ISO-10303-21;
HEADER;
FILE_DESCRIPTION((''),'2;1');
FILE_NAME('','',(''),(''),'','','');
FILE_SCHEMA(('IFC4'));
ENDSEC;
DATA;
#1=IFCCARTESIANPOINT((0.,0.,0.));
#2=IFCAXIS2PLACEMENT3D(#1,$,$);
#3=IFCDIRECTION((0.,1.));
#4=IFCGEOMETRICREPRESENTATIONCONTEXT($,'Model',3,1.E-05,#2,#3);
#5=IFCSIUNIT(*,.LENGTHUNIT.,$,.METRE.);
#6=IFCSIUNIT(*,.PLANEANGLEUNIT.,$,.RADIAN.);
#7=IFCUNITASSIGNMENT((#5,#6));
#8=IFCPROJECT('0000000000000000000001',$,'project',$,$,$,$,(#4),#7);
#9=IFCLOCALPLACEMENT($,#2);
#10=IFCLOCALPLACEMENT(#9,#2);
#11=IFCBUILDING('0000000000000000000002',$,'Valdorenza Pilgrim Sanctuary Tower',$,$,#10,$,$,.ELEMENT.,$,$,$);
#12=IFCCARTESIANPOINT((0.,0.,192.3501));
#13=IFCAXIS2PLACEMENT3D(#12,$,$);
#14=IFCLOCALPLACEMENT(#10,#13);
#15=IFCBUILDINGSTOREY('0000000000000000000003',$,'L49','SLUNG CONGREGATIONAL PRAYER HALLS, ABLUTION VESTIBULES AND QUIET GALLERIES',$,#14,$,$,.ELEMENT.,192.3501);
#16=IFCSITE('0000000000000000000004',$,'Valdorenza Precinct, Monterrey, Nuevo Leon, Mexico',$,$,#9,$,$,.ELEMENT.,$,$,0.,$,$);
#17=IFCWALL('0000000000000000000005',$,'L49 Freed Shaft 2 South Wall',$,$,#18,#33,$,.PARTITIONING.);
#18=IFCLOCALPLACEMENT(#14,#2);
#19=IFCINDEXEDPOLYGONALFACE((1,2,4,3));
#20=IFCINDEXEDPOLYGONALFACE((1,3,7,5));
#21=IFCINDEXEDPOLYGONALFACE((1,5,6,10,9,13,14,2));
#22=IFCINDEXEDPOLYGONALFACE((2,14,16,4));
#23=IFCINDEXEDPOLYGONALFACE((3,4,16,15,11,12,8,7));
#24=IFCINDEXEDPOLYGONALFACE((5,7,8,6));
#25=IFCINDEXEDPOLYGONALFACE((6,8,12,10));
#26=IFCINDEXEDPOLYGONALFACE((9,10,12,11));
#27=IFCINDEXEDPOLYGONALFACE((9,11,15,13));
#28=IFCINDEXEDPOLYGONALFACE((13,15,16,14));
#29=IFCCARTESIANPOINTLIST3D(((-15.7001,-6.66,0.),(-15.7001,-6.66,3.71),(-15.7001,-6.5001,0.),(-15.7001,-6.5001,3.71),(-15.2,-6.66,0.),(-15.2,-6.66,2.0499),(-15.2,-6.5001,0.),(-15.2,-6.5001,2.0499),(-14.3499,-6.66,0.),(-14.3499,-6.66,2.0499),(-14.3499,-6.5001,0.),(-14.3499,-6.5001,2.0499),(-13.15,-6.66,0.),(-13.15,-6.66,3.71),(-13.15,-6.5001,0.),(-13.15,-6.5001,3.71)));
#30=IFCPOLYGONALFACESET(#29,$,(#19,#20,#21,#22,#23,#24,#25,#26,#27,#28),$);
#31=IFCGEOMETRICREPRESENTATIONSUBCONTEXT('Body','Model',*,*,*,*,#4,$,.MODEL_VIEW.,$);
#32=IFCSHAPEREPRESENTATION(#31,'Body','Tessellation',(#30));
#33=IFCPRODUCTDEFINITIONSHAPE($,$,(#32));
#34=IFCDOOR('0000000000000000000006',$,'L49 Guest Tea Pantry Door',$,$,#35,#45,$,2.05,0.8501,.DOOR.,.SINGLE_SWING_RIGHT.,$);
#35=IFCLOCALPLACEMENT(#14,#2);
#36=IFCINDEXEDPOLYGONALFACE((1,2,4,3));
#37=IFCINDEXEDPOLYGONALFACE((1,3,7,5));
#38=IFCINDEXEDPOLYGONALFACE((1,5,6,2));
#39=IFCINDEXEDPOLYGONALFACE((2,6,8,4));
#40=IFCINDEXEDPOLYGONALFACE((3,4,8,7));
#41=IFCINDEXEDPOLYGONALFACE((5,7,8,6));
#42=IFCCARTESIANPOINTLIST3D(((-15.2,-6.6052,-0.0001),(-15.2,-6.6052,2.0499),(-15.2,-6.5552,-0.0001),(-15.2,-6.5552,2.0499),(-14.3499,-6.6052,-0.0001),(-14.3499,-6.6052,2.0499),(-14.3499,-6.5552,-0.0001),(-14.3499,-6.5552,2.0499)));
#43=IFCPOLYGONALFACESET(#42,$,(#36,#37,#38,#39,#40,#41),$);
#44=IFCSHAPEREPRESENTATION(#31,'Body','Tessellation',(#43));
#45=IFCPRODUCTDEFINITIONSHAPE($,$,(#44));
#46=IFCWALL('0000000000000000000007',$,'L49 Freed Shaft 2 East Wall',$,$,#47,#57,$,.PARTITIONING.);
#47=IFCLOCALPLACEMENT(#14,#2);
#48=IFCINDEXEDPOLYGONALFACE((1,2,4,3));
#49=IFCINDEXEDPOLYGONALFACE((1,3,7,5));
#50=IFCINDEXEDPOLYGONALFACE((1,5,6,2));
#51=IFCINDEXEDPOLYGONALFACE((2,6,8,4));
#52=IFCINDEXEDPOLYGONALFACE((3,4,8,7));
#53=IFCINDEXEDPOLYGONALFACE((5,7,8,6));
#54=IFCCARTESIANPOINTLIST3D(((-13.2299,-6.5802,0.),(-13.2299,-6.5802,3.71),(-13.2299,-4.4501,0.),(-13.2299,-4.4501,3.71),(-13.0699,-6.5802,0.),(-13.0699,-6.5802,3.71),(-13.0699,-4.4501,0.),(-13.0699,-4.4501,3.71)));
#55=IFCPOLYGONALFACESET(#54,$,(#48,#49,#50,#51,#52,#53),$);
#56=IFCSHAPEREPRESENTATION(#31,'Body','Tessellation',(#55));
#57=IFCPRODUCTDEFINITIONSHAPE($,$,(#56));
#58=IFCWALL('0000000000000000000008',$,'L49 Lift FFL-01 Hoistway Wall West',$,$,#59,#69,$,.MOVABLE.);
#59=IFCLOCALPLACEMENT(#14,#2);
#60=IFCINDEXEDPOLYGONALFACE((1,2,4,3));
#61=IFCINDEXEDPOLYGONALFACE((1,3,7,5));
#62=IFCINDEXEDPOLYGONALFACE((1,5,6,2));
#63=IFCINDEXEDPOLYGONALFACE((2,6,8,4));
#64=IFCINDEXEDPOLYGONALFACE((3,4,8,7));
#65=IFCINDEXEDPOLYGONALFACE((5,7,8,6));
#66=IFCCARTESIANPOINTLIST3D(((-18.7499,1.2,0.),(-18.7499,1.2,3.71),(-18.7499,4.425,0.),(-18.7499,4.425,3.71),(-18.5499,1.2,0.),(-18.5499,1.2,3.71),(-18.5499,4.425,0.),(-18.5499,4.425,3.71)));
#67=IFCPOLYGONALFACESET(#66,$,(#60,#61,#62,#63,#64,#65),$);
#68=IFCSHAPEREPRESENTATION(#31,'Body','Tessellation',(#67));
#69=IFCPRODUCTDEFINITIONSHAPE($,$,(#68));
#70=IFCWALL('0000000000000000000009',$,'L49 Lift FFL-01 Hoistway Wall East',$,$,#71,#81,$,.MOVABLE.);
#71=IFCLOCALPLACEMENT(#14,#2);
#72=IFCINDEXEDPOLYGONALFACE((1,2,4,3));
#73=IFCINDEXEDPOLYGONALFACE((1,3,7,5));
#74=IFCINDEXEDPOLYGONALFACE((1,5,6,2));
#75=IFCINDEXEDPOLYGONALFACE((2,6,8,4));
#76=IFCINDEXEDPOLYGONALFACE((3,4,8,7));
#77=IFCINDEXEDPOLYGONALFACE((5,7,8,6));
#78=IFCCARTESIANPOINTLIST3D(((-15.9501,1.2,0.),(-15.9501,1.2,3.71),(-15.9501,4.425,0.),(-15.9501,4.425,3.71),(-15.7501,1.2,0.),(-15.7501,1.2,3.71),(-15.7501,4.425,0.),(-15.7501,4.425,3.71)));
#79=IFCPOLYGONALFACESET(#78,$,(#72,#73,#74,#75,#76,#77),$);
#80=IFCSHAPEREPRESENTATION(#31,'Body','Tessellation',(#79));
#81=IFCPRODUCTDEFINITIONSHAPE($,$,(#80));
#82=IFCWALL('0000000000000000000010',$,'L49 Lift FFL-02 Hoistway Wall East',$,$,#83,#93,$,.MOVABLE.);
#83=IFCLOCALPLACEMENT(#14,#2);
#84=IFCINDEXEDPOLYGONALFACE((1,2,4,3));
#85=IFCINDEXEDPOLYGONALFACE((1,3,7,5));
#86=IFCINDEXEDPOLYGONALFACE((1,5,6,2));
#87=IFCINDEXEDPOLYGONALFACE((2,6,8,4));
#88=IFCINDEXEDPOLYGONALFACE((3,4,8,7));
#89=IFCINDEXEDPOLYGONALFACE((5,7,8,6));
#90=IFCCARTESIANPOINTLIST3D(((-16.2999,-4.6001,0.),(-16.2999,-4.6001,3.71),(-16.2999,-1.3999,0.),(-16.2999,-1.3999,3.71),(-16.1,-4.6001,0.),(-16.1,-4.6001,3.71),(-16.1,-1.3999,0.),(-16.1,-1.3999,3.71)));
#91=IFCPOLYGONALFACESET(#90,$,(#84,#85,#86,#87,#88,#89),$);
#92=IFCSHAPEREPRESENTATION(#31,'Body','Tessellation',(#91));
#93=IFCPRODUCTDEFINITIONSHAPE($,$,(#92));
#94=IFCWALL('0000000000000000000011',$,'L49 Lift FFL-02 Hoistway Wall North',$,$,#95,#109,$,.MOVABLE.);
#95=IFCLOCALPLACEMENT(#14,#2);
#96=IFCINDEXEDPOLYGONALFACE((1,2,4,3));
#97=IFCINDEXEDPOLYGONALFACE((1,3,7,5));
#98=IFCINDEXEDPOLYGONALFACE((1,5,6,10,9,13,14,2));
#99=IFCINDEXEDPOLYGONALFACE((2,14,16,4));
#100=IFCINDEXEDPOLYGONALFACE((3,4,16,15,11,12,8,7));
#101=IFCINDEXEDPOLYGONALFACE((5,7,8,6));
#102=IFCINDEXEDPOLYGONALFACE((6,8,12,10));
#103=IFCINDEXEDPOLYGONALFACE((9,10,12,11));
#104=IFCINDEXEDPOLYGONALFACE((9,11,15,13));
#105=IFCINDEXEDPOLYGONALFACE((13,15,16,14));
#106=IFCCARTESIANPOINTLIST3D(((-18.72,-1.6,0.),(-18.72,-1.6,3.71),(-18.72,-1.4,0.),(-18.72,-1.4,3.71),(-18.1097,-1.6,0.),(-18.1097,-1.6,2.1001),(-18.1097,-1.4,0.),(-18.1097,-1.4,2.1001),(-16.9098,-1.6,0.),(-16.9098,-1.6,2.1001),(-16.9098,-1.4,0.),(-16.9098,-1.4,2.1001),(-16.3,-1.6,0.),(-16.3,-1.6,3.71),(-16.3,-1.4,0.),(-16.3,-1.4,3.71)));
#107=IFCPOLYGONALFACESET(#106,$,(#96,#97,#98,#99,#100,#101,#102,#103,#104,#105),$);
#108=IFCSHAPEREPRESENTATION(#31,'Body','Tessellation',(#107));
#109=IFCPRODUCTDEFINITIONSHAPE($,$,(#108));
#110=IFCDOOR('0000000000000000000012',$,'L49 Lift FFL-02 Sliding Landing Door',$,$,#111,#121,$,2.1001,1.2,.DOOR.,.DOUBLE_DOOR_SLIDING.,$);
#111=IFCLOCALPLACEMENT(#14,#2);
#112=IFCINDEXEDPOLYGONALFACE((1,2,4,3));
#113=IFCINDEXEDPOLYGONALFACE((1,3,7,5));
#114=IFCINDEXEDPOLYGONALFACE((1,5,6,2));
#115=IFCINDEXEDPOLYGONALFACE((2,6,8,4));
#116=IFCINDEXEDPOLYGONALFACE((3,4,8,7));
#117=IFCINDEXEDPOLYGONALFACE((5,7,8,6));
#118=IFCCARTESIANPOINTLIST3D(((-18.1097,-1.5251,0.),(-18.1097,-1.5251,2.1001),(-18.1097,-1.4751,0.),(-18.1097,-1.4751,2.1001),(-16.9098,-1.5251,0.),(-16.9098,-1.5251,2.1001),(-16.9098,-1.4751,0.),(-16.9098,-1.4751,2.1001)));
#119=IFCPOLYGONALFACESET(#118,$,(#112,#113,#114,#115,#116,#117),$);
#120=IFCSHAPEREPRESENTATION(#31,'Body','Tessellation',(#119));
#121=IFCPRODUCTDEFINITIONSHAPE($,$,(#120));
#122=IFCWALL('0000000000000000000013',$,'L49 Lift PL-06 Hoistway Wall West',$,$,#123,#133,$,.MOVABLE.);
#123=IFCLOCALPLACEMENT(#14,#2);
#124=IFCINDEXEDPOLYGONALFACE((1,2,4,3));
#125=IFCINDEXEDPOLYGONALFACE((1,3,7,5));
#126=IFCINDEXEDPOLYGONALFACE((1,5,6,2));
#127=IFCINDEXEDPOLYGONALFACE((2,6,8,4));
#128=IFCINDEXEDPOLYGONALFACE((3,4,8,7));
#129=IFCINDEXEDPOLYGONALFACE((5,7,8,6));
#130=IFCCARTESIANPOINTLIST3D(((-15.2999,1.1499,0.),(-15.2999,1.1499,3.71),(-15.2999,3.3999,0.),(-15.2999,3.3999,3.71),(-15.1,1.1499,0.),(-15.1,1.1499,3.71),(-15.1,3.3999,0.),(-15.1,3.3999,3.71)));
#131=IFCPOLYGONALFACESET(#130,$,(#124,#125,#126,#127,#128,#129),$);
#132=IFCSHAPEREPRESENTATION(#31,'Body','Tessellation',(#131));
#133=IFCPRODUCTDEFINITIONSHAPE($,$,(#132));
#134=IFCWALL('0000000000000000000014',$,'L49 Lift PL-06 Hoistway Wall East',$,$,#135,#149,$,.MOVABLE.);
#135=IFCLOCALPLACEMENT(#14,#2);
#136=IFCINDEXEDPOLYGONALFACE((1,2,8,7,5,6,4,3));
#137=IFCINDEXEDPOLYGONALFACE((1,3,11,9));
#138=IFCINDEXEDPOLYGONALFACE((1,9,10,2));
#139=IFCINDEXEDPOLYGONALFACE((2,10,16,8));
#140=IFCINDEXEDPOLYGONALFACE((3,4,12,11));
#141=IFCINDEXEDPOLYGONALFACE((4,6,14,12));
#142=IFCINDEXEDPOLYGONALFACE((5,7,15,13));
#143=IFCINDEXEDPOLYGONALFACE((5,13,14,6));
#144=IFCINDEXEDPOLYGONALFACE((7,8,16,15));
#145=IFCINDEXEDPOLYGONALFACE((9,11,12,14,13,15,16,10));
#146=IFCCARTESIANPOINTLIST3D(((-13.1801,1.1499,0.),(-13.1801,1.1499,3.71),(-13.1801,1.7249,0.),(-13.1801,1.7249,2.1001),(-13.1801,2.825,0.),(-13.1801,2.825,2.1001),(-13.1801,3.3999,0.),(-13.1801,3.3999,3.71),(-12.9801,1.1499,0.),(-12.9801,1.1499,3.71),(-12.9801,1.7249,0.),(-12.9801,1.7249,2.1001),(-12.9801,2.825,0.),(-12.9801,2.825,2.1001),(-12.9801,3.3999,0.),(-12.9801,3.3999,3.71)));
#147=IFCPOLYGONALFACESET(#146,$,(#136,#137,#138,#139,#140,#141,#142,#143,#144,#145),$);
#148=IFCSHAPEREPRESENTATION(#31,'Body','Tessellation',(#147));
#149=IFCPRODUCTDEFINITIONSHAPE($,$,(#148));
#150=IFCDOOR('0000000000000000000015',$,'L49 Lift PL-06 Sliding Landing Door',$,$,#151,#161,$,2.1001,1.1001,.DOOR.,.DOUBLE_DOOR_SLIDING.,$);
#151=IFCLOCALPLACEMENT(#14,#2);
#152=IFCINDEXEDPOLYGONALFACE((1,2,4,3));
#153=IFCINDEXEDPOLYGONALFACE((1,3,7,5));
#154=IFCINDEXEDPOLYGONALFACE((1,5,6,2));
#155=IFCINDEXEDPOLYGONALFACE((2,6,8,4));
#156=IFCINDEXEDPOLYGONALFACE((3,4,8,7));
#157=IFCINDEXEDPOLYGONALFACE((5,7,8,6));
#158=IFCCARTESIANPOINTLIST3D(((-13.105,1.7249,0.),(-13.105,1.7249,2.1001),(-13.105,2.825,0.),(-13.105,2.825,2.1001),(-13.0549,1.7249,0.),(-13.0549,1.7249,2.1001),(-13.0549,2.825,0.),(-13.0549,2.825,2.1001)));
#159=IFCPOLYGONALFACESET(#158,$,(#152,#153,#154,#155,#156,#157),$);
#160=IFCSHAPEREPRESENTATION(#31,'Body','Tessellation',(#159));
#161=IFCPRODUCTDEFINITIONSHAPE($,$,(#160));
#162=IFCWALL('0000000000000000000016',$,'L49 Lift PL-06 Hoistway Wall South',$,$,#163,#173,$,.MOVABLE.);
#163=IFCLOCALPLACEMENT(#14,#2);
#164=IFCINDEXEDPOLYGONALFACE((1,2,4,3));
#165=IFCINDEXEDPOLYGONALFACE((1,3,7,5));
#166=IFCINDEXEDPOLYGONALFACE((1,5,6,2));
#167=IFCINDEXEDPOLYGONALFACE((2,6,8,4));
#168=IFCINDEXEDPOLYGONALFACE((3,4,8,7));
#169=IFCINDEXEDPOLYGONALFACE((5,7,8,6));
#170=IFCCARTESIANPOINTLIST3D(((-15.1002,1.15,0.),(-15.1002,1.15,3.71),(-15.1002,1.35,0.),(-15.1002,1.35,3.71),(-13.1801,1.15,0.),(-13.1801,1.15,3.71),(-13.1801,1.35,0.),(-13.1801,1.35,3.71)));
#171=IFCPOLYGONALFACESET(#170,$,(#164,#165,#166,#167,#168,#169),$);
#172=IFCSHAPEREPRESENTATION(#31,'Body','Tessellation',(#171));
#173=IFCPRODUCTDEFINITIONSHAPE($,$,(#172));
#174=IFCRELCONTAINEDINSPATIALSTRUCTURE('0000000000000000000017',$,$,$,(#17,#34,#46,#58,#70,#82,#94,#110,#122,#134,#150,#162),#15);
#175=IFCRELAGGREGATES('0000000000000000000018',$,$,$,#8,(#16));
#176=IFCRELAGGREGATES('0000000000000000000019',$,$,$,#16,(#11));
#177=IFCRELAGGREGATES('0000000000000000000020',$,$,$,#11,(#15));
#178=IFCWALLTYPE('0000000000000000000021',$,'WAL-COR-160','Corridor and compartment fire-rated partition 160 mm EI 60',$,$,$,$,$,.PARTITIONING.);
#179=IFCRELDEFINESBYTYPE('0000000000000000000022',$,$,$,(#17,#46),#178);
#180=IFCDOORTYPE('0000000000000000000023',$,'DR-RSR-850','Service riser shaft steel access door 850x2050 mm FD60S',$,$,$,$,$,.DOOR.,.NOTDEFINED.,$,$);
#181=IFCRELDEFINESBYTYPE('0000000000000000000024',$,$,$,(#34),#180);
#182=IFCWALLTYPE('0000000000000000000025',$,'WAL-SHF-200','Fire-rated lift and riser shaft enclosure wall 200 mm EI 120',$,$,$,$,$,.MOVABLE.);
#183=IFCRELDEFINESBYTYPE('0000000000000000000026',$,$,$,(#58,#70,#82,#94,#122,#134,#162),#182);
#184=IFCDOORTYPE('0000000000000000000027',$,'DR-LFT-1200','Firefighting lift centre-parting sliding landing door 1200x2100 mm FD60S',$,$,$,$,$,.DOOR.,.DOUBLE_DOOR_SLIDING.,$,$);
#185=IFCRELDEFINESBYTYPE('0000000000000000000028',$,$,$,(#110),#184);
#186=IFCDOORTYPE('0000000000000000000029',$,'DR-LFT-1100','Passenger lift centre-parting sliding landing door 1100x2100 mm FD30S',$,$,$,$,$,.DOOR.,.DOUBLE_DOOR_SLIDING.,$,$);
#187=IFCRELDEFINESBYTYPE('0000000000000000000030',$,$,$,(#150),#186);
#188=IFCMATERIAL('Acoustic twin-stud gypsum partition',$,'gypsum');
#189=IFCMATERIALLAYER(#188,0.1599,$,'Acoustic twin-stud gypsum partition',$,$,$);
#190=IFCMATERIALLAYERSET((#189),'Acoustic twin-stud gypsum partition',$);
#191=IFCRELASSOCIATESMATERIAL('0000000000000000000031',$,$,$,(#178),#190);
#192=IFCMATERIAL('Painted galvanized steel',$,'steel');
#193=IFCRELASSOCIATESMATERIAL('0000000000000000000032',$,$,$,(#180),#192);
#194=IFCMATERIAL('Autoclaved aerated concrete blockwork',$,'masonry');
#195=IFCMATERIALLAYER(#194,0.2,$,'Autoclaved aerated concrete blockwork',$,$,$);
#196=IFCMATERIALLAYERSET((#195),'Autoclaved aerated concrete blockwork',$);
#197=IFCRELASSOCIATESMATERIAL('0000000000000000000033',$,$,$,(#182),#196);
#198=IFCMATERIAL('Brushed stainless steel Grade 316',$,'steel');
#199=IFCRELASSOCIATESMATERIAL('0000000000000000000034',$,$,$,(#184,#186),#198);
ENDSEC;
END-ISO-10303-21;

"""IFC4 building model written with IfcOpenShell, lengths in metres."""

from ifc_helpers import new_model, si_unit, direction, frame, frame_2d, origin, place, context, subcontext, project, spatial, rectangle, extrude, material, layer, layer_set, type_object, element, fill, save


model = new_model("IFC4")

# Units and contexts
model_context = context("Model", 3, precision=1e-05, world=origin(), true_north=direction((0.0, 1.0)))
body_context = subcontext(model_context, "Body", "Model", "MODEL_VIEW")
ifc_project = project(units=[si_unit("LENGTHUNIT", "METRE"), si_unit("PLANEANGLEUNIT", "RADIAN")], contexts=[model_context])

# Site, building, storey
site_placement = place(None, origin())
site = spatial("IfcSite", under=ifc_project, at=site_placement, Name="Valdorenza Precinct, Monterrey, Nuevo Leon, Mexico", CompositionType="ELEMENT", RefElevation=0.0)
building_placement = place(site_placement, origin())
building = spatial("IfcBuilding", under=site, at=building_placement, Name="Valdorenza Pilgrim Sanctuary Tower", CompositionType="ELEMENT")
storey_placement = place(building_placement, frame((0.0, 0.0, 192.3501)))
storey = spatial("IfcBuildingStorey", under=building, at=storey_placement, Name="L49", Description="SLUNG CONGREGATIONAL PRAYER HALLS, ABLUTION VESTIBULES AND QUIET GALLERIES", CompositionType="ELEMENT", Elevation=192.3501)

# Wall, opening, door
ifc_material_1 = material(Name="Acoustic twin-stud gypsum partition", Category="gypsum")
ifc_layer_1 = layer(ifc_material_1, 0.1599, Name="Acoustic twin-stud gypsum partition")
ifc_layer_set_1 = layer_set([ifc_layer_1], Name="Acoustic twin-stud gypsum partition")
wall_type_1 = type_object("IfcWallType", Name="WAL-COR-160", Description="Corridor and compartment fire-rated partition 160 mm EI 60", PredefinedType="PARTITIONING", material=ifc_layer_set_1)
wall_1_placement = place(storey_placement, frame((-15.7, -6.5801, 0.0), z_axis=(0.0, 0.0, 1.0), x_axis=(1.0, 0.0, 0.0)))
wall_1 = element("IfcWall", 1, at=wall_1_placement, inside=storey, type_object=wall_type_1, Name="L49 Freed Shaft 2 South Wall", PredefinedType="PARTITIONING", context=body_context, shape_type="SweptSolid", body=[
    extrude(rectangle(XDim=2.55, YDim=0.1599, at=frame_2d((1.2749, 0.0))), origin(), (0.0, 0.0, 1.0), 3.71),
])
opening_1_placement = place(wall_1_placement, frame((0.5, 0.0, 0.0)))
opening_1 = element("IfcOpeningElement", 2, at=opening_1_placement, cuts=wall_1, PredefinedType="OPENING", context=body_context, shape_type="SweptSolid", body=[
    extrude(rectangle(XDim=0.8501, YDim=2.05, at=frame_2d((0.425, 1.0249))), frame((0.0, 0.0947, 0.0), z_axis=(0.0, -1.0, 0.0), x_axis=(1.0, 0.0, 0.0)), (0.0, 0.0, 1.0), 0.1897),
])
ifc_material_2 = material(Name="Painted galvanized steel", Category="steel")
door_type_1 = type_object("IfcDoorType", Name="DR-RSR-850", Description="Service riser shaft steel access door 850x2050 mm FD60S", OperationType="NOTDEFINED", PredefinedType="DOOR", material=ifc_material_2)
door_1_placement = place(opening_1_placement, origin())
door_1 = element("IfcDoor", 3, at=door_1_placement, inside=storey, type_object=door_type_1, Name="L49 Guest Tea Pantry Door", OperationType="SINGLE_SWING_RIGHT", OverallHeight=2.05, OverallWidth=0.8501, PredefinedType="DOOR", context=body_context, shape_type="SweptSolid", body=[
    extrude(rectangle(XDim=0.8501, YDim=2.05, at=frame_2d((0.425, 1.0249))), frame((0.0, 0.0249, 0.0), z_axis=(0.0, -1.0, 0.0), x_axis=(1.0, 0.0, 0.0)), (0.0, 0.0, 1.0), 0.05),
])
fill(opening_1, door_1)

# Wall
wall_2_placement = place(storey_placement, frame((-13.1499, -6.5801, 0.0), z_axis=(0.0, 0.0, 1.0), x_axis=(0.0, 1.0, 0.0)))
element("IfcWall", 4, at=wall_2_placement, inside=storey, type_object=wall_type_1, Name="L49 Freed Shaft 2 East Wall", PredefinedType="PARTITIONING", context=body_context, shape_type="SweptSolid", body=[
    extrude(rectangle(XDim=2.1301, YDim=0.1599, at=frame_2d((1.0649, 0.0))), origin(), (0.0, 0.0, 1.0), 3.71),
])

# Walls
ifc_material_3 = material(Name="Autoclaved aerated concrete blockwork", Category="masonry")
ifc_layer_2 = layer(ifc_material_3, 0.2, Name="Autoclaved aerated concrete blockwork")
ifc_layer_set_2 = layer_set([ifc_layer_2], Name="Autoclaved aerated concrete blockwork")
wall_type_2 = type_object("IfcWallType", Name="WAL-SHF-200", Description="Fire-rated lift and riser shaft enclosure wall 200 mm EI 120", PredefinedType="MOVABLE", material=ifc_layer_set_2)
for number, where, z_axis, x_axis, name in (
    (5, (-18.6499, 1.2, 0.0), (0.0, 0.0, 1.0), (0.0, 1.0, 0.0), "L49 Lift FFL-01 Hoistway Wall West"),
    (6, (-15.8501, 1.2, 0.0), (0.0, 0.0, 1.0), (0.0, 1.0, 0.0), "L49 Lift FFL-01 Hoistway Wall East"),
):
    element("IfcWall", number, at=place(storey_placement, frame(where, z_axis=z_axis, x_axis=x_axis)), inside=storey, type_object=wall_type_2, Name=name, PredefinedType="MOVABLE", context=body_context, shape_type="SweptSolid", body=[
        extrude(rectangle(XDim=3.2251, YDim=0.2, at=frame_2d((1.6125, 0.0))), origin(), (0.0, 0.0, 1.0), 3.71),
    ])
wall_3_placement = place(storey_placement, frame((-16.2, -4.6001, 0.0), z_axis=(0.0, 0.0, 1.0), x_axis=(0.0, 1.0, 0.0)))
element("IfcWall", 7, at=wall_3_placement, inside=storey, type_object=wall_type_2, Name="L49 Lift FFL-02 Hoistway Wall East", PredefinedType="MOVABLE", context=body_context, shape_type="SweptSolid", body=[
    extrude(rectangle(XDim=3.2002, YDim=0.2, at=frame_2d((1.6001, 0.0))), origin(), (0.0, 0.0, 1.0), 3.71),
])

# Wall, opening, door
wall_4_placement = place(storey_placement, frame((-18.72, -1.5, 0.0), z_axis=(0.0, 0.0, 1.0), x_axis=(1.0, 0.0, 0.0)))
wall_4 = element("IfcWall", 8, at=wall_4_placement, inside=storey, type_object=wall_type_2, Name="L49 Lift FFL-02 Hoistway Wall North", PredefinedType="MOVABLE", context=body_context, shape_type="SweptSolid", body=[
    extrude(rectangle(XDim=2.4199, YDim=0.2, at=frame_2d((1.21, 0.0))), origin(), (0.0, 0.0, 1.0), 3.71),
])
opening_2_placement = place(wall_4_placement, frame((0.6101, 0.0, 0.0)))
opening_2 = element("IfcOpeningElement", 9, at=opening_2_placement, cuts=wall_4, PredefinedType="OPENING", context=body_context, shape_type="SweptSolid", body=[
    extrude(rectangle(XDim=1.2, YDim=2.1001, at=frame_2d((0.6001, 1.05))), frame((0.0, 0.1147, 0.0), z_axis=(0.0, -1.0, 0.0), x_axis=(1.0, 0.0, 0.0)), (0.0, 0.0, 1.0), 0.2297),
])
ifc_material_4 = material(Name="Brushed stainless steel Grade 316", Category="steel")
door_type_2 = type_object("IfcDoorType", Name="DR-LFT-1200", Description="Firefighting lift centre-parting sliding landing door 1200x2100 mm FD60S", OperationType="DOUBLE_DOOR_SLIDING", PredefinedType="DOOR", material=ifc_material_4)
door_2_placement = place(opening_2_placement, origin())
door_2 = element("IfcDoor", 10, at=door_2_placement, inside=storey, type_object=door_type_2, Name="L49 Lift FFL-02 Sliding Landing Door", OperationType="DOUBLE_DOOR_SLIDING", OverallHeight=2.1001, OverallWidth=1.2, PredefinedType="DOOR", context=body_context, shape_type="SweptSolid", body=[
    extrude(rectangle(XDim=1.2, YDim=2.1001, at=frame_2d((0.6001, 1.05))), frame((0.0, 0.0249, 0.0), z_axis=(0.0, -1.0, 0.0), x_axis=(1.0, 0.0, 0.0)), (0.0, 0.0, 1.0), 0.05),
])
fill(opening_2, door_2)

# Wall
wall_5_placement = place(storey_placement, frame((-15.2, 1.1499, 0.0), z_axis=(0.0, 0.0, 1.0), x_axis=(0.0, 1.0, 0.0)))
element("IfcWall", 11, at=wall_5_placement, inside=storey, type_object=wall_type_2, Name="L49 Lift PL-06 Hoistway Wall West", PredefinedType="MOVABLE", context=body_context, shape_type="SweptSolid", body=[
    extrude(rectangle(XDim=2.25, YDim=0.2, at=frame_2d((1.125, 0.0))), origin(), (0.0, 0.0, 1.0), 3.71),
])

# Wall, opening, door
wall_6_placement = place(storey_placement, frame((-13.0801, 1.1499, 0.0), z_axis=(0.0, 0.0, 1.0), x_axis=(0.0, 1.0, 0.0)))
wall_6 = element("IfcWall", 12, at=wall_6_placement, inside=storey, type_object=wall_type_2, Name="L49 Lift PL-06 Hoistway Wall East", PredefinedType="MOVABLE", context=body_context, shape_type="SweptSolid", body=[
    extrude(rectangle(XDim=2.25, YDim=0.2, at=frame_2d((1.125, 0.0))), origin(), (0.0, 0.0, 1.0), 3.71),
])
opening_3_placement = place(wall_6_placement, frame((0.575, 0.0, 0.0)))
opening_3 = element("IfcOpeningElement", 13, at=opening_3_placement, cuts=wall_6, PredefinedType="OPENING", context=body_context, shape_type="SweptSolid", body=[
    extrude(rectangle(XDim=1.1001, YDim=2.1001, at=frame_2d((0.55, 1.05))), frame((0.0, 0.1147, 0.0), z_axis=(0.0, -1.0, 0.0), x_axis=(1.0, 0.0, 0.0)), (0.0, 0.0, 1.0), 0.2297),
])
door_type_3 = type_object("IfcDoorType", Name="DR-LFT-1100", Description="Passenger lift centre-parting sliding landing door 1100x2100 mm FD30S", OperationType="DOUBLE_DOOR_SLIDING", PredefinedType="DOOR", material=ifc_material_4)
door_3_placement = place(opening_3_placement, origin())
door_3 = element("IfcDoor", 14, at=door_3_placement, inside=storey, type_object=door_type_3, Name="L49 Lift PL-06 Sliding Landing Door", OperationType="DOUBLE_DOOR_SLIDING", OverallHeight=2.1001, OverallWidth=1.1001, PredefinedType="DOOR", context=body_context, shape_type="SweptSolid", body=[
    extrude(rectangle(XDim=1.1001, YDim=2.1001, at=frame_2d((0.55, 1.05))), frame((0.0, 0.0249, 0.0), z_axis=(0.0, -1.0, 0.0), x_axis=(1.0, 0.0, 0.0)), (0.0, 0.0, 1.0), 0.05),
])
fill(opening_3, door_3)

# Wall
wall_7_placement = place(storey_placement, frame((-15.1001, 1.25, 0.0), z_axis=(0.0, 0.0, 1.0), x_axis=(1.0, 0.0, 0.0)))
element("IfcWall", 15, at=wall_7_placement, inside=storey, type_object=wall_type_2, Name="L49 Lift PL-06 Hoistway Wall South", PredefinedType="MOVABLE", context=body_context, shape_type="SweptSolid", body=[
    extrude(rectangle(XDim=1.9202, YDim=0.2, at=frame_2d((0.96, 0.0))), origin(), (0.0, 0.0, 1.0), 3.71),
])

save(model, "model.ifc")
